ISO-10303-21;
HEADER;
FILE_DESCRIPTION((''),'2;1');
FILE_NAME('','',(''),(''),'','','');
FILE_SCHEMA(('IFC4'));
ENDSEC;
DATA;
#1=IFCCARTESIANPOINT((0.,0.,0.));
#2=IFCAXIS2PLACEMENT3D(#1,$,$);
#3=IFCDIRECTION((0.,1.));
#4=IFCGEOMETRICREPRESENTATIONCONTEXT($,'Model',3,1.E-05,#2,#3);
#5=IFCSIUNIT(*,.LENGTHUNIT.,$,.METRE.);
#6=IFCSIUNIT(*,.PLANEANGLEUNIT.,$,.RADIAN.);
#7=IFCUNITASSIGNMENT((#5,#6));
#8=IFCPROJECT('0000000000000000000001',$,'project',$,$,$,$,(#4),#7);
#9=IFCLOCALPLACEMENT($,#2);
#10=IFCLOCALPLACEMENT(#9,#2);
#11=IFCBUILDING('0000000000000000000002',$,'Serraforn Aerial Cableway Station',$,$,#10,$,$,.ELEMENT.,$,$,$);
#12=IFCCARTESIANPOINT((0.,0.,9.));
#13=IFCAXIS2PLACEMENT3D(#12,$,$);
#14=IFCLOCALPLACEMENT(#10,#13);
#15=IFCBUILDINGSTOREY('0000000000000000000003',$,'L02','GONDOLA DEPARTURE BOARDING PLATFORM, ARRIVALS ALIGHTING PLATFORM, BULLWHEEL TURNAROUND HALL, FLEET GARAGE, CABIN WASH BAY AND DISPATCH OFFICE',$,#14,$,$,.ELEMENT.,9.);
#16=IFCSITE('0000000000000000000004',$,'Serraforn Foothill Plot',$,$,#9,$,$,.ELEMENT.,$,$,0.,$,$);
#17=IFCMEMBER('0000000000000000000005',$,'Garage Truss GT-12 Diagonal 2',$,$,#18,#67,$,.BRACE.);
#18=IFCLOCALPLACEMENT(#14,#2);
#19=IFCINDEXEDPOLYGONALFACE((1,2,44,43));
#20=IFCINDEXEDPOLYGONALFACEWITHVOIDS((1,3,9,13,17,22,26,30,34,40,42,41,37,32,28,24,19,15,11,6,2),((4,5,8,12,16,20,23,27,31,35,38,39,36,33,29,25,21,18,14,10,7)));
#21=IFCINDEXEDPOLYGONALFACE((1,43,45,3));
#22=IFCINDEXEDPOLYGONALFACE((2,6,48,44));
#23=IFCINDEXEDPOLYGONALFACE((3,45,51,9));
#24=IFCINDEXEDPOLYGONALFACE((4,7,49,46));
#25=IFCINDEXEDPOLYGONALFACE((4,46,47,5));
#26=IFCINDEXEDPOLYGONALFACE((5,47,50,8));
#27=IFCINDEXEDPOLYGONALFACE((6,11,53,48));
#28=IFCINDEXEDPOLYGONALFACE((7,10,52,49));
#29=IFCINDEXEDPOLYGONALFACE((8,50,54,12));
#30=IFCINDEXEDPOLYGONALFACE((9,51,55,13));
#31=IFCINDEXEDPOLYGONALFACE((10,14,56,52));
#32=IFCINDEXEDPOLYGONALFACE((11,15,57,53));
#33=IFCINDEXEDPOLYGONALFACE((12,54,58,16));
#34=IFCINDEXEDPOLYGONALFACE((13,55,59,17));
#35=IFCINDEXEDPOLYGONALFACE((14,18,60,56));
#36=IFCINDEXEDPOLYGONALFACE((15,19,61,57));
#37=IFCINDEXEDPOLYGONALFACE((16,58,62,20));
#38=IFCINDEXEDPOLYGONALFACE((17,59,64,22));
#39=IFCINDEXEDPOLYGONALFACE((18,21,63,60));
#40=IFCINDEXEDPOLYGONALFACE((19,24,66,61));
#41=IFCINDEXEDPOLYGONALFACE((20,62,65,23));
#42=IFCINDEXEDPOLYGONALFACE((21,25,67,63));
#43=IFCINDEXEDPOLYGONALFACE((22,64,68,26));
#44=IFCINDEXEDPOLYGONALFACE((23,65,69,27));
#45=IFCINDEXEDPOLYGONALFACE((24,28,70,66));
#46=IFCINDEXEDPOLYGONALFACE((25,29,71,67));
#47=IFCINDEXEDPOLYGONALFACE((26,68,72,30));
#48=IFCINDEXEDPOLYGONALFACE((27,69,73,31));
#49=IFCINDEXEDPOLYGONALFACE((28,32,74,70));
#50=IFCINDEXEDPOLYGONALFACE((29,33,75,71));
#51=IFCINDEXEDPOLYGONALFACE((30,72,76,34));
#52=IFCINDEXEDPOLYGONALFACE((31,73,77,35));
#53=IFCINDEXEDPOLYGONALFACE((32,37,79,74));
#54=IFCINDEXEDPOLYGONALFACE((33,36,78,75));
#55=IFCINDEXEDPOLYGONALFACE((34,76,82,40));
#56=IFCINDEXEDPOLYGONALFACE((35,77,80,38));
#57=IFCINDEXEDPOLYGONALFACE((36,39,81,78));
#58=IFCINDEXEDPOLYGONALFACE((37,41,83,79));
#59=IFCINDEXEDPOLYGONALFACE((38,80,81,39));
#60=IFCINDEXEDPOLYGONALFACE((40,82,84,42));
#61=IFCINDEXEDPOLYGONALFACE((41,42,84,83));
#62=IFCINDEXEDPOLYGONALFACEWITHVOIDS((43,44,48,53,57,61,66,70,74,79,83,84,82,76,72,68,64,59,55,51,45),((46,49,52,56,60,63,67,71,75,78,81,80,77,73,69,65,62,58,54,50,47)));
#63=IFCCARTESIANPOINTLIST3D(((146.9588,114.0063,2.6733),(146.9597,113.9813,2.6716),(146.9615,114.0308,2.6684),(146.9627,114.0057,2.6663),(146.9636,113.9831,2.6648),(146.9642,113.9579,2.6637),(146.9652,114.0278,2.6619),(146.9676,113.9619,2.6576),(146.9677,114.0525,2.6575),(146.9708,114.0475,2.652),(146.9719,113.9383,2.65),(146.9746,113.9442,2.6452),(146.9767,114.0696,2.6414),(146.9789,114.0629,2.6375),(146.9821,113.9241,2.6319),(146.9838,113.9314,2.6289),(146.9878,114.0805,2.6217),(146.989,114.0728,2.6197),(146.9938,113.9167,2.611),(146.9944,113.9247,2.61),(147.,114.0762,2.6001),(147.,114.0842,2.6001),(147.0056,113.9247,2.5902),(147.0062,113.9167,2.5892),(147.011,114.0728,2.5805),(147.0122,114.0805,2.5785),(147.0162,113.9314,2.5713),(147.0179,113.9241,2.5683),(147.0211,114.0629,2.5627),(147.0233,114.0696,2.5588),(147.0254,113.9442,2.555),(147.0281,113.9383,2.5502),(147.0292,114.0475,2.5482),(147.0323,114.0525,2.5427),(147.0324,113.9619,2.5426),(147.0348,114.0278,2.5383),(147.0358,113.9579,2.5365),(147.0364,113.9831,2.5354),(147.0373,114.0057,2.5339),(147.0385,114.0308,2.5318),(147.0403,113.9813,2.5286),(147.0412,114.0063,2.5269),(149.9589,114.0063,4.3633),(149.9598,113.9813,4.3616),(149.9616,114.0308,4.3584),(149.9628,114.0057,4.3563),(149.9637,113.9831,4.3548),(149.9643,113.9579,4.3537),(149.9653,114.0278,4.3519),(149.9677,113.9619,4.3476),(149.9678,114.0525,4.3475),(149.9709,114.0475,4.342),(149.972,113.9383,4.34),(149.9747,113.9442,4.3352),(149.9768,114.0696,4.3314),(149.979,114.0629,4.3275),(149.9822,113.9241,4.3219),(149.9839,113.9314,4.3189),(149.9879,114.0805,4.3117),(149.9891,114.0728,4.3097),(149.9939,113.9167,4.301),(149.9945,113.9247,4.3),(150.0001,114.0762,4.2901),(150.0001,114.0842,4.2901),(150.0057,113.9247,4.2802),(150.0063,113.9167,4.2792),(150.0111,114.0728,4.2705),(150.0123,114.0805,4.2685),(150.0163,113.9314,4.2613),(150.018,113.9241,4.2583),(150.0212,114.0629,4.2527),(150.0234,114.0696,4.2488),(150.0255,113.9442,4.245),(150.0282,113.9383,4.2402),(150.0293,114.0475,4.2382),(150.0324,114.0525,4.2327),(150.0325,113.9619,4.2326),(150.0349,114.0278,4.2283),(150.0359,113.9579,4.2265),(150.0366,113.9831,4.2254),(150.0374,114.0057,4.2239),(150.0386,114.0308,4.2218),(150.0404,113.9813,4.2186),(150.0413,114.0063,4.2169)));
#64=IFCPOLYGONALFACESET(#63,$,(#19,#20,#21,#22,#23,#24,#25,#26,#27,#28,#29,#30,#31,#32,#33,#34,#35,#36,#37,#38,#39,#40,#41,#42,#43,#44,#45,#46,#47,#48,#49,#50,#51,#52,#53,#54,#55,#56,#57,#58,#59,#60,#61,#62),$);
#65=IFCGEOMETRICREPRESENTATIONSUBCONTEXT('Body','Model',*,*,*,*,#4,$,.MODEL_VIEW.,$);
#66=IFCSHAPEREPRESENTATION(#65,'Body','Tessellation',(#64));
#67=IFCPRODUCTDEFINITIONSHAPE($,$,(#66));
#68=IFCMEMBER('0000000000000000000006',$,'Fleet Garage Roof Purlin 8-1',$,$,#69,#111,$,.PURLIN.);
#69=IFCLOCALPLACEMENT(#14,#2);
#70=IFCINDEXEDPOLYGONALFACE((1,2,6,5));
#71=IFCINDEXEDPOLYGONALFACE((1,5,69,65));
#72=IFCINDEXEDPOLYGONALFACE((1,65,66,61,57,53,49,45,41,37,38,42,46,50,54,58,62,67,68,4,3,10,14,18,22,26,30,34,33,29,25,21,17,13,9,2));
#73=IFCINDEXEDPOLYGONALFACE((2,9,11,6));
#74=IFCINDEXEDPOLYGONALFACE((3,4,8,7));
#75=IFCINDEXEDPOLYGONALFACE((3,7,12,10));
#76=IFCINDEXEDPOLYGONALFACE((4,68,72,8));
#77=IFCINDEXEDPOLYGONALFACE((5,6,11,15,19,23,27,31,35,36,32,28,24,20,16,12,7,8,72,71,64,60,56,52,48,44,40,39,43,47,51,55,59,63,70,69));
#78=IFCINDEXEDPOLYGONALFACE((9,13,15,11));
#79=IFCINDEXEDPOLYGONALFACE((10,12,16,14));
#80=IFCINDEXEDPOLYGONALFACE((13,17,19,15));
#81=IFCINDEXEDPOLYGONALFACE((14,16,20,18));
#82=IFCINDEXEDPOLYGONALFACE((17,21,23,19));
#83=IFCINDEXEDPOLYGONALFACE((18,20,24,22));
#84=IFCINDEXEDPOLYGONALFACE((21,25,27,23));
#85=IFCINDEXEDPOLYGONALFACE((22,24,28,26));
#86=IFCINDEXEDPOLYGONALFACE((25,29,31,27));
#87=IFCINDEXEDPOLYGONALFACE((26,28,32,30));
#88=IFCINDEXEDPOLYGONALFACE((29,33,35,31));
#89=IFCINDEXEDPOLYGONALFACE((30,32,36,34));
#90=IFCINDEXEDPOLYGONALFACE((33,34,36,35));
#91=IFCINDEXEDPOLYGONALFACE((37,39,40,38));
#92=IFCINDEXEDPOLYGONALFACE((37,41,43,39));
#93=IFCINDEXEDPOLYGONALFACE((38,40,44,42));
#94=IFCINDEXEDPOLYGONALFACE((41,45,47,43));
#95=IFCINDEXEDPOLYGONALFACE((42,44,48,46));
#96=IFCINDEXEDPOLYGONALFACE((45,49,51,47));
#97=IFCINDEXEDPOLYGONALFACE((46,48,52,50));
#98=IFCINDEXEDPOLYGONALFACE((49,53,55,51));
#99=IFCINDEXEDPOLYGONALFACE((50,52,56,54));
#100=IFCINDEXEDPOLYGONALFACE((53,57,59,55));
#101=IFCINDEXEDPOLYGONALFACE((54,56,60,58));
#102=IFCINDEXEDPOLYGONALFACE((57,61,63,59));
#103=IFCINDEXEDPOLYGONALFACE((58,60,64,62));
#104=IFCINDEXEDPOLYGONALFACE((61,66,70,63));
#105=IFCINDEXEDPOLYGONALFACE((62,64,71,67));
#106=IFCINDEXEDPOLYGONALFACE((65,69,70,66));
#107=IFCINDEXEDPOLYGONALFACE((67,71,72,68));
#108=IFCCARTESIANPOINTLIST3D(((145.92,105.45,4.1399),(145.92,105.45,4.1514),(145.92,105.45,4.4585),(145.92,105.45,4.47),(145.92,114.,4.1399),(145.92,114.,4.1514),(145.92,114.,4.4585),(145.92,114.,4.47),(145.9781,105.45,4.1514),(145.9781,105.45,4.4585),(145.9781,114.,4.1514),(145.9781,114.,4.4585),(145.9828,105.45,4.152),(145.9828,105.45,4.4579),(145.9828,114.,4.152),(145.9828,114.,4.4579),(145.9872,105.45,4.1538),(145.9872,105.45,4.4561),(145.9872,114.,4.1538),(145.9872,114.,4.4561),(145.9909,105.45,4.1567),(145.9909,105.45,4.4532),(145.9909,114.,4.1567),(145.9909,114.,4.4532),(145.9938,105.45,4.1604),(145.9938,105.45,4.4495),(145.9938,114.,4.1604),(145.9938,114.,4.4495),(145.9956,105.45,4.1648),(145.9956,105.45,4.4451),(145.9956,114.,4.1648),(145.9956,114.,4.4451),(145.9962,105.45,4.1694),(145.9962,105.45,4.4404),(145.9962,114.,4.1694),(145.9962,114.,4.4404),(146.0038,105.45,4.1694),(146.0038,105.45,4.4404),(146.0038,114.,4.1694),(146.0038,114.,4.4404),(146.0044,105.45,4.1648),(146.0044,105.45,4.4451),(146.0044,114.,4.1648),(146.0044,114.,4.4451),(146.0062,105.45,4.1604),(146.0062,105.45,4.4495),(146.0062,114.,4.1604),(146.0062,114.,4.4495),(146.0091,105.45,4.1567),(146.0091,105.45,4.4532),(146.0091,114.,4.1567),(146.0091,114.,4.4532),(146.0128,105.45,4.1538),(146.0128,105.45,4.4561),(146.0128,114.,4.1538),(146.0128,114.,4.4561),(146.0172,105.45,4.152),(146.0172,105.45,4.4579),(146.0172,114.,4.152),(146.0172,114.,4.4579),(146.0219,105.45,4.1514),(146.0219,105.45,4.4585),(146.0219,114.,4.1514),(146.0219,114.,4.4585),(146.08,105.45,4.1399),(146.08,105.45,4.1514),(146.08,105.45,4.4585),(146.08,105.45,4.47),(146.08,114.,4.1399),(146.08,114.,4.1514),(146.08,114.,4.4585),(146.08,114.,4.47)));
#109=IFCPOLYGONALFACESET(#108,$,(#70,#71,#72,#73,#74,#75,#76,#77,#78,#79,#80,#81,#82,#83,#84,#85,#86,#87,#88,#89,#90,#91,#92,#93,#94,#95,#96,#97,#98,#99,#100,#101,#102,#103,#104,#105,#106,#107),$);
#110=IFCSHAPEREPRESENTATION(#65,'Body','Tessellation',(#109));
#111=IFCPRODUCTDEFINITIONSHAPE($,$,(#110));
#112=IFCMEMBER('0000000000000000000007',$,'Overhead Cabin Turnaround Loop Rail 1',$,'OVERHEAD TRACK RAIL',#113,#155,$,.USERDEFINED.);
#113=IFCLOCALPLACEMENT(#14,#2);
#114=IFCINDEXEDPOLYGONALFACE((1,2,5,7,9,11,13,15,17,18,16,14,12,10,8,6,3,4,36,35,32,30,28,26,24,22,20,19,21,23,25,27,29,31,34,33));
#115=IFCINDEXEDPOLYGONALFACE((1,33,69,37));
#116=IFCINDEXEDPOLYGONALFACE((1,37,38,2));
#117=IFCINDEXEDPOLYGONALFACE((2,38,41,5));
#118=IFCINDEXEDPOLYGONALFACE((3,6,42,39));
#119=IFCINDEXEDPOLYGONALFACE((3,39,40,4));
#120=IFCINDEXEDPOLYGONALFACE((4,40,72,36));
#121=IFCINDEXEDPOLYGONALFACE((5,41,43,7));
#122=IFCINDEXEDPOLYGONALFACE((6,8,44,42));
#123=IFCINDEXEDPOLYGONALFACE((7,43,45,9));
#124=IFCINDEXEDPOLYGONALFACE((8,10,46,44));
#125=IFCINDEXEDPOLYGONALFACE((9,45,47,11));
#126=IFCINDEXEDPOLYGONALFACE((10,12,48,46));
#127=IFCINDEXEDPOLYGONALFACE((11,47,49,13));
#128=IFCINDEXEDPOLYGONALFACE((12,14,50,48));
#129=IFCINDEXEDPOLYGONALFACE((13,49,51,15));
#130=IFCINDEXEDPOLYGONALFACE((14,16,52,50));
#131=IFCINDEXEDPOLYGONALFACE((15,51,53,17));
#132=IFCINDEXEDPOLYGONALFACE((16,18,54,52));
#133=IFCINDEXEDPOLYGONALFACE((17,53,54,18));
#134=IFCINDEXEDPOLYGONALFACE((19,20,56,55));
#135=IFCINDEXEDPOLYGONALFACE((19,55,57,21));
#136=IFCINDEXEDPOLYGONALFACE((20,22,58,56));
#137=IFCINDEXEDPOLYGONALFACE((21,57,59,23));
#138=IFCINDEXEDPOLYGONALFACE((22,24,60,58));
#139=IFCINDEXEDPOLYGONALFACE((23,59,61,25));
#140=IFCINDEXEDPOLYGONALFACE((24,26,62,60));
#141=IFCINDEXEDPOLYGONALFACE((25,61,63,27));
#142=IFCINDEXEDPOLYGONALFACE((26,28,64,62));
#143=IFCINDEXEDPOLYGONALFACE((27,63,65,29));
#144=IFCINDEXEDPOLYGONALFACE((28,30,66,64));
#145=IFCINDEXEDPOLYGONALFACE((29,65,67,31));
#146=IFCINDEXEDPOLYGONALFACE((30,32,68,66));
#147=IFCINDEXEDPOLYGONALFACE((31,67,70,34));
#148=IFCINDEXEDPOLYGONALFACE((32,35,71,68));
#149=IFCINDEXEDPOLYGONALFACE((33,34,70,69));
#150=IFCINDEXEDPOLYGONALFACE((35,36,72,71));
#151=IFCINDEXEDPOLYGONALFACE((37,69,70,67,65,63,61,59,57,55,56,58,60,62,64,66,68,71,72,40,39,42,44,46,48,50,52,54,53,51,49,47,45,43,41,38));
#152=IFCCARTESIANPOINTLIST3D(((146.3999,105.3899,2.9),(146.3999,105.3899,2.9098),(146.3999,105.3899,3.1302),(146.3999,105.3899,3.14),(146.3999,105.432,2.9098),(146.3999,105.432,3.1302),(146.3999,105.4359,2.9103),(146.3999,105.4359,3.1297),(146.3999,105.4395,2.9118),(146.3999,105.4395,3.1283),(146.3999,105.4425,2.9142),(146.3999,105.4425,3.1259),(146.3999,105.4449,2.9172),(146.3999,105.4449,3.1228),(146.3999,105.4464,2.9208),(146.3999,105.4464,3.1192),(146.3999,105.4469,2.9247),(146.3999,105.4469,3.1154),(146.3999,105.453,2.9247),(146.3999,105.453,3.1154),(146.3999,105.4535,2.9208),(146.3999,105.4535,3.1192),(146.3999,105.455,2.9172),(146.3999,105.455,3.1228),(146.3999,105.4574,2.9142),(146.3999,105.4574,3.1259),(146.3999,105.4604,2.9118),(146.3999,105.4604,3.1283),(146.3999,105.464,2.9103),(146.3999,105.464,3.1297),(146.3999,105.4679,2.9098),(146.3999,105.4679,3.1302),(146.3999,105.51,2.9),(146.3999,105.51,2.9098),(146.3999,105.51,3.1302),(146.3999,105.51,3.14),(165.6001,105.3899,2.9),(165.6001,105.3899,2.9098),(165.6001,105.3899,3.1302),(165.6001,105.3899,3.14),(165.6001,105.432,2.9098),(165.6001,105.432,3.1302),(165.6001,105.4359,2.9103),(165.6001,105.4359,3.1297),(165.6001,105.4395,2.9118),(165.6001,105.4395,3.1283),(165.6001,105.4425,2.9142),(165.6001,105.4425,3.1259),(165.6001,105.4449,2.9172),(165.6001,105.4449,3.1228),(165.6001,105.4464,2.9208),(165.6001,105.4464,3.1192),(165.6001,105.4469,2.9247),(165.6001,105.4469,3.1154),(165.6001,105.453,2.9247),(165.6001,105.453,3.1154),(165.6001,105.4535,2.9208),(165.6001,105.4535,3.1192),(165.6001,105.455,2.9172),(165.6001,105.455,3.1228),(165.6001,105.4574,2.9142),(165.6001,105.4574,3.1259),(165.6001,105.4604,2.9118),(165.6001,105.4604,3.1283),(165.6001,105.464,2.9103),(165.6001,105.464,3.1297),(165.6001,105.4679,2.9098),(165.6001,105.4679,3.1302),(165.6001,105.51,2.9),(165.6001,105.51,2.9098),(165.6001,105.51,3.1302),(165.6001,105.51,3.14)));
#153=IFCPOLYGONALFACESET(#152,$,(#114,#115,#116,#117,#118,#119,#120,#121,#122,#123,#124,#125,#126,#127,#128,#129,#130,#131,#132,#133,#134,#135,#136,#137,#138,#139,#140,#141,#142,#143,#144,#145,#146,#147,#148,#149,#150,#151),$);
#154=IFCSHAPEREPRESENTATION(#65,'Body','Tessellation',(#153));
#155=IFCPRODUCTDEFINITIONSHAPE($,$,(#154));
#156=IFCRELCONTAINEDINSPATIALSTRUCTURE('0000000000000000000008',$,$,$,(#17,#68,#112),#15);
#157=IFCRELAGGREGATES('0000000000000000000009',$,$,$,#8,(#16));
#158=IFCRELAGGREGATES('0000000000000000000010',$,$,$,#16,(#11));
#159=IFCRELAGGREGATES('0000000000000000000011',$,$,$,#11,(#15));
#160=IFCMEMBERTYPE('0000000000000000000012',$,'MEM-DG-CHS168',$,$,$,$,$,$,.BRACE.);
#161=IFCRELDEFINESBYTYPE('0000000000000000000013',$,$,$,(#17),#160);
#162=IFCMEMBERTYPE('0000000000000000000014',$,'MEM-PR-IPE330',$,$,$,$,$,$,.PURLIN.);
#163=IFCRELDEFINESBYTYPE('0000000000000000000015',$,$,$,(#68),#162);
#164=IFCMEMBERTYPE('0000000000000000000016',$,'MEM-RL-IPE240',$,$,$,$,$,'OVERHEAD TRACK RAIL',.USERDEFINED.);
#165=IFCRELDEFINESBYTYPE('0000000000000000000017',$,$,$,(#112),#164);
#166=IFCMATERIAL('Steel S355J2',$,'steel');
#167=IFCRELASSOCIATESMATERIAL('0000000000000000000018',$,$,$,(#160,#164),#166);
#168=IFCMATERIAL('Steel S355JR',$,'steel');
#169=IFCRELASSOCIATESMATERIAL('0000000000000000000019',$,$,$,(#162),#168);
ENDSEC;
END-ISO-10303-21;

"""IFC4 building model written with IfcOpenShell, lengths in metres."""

from ifc_helpers import new_model, si_unit, direction, frame, origin, origin_2d, place, context, subcontext, project, spatial, hollow_circle, i_section, extrude, material, material_profile, profile_set, type_object, element, save


model = new_model("IFC4")

# Units and contexts
model_context = context("Model", 3, precision=1e-05, world=origin(), true_north=direction((0.0, 1.0)))
body_context = subcontext(model_context, "Body", "Model", "MODEL_VIEW")
ifc_project = project(units=[si_unit("LENGTHUNIT", "METRE"), si_unit("PLANEANGLEUNIT", "RADIAN")], contexts=[model_context])

# Site, building, storey
site_placement = place(None, origin())
site = spatial("IfcSite", under=ifc_project, at=site_placement, Name="Serraforn Foothill Plot", CompositionType="ELEMENT", RefElevation=0.0)
building_placement = place(site_placement, origin())
building = spatial("IfcBuilding", under=site, at=building_placement, Name="Serraforn Aerial Cableway Station", CompositionType="ELEMENT")
storey_placement = place(building_placement, frame((0.0, 0.0, 9.0)))
storey = spatial("IfcBuildingStorey", under=building, at=storey_placement, Name="L02", Description="GONDOLA DEPARTURE BOARDING PLATFORM, ARRIVALS ALIGHTING PLATFORM, BULLWHEEL TURNAROUND HALL, FLEET GARAGE, CABIN WASH BAY AND DISPATCH OFFICE", CompositionType="ELEMENT", Elevation=9.0)

# Shared definitions
ifc_material_1 = material(Name="Steel S355J2", Category="steel")

# Members
ifc_material_profile_1 = material_profile(ifc_material_1, hollow_circle(Radius=0.0842, WallThickness=0.0081, at=origin_2d()), Name="CHS 168.3x8.0")
ifc_profile_set_1 = profile_set([ifc_material_profile_1], Name="Steel S355J2")
member_type_1 = type_object("IfcMemberType", Name="MEM-DG-CHS168", PredefinedType="BRACE", material=ifc_profile_set_1)
for number, where, z_axis, x_axis, name in (
    (1, (147.0, 114.0, 2.6001), (0.871272, 0.0, 0.4908), (0.0, 1.0, 0.0), "Garage Truss GT-12 Diagonal 2"),
):
    element("IfcMember", number, at=place(storey_placement, frame(where, z_axis=z_axis, x_axis=x_axis)), inside=storey, type_object=member_type_1, Name=name, PredefinedType="BRACE", context=body_context, shape_type="SweptSolid", body=[
        extrude(hollow_circle(Radius=0.0842, WallThickness=0.0081, at=origin_2d()), origin(), (0.0, 0.0, 1.0), 3.4434),
    ])
ifc_material_2 = material(Name="Steel S355JR", Category="steel")
ifc_material_profile_2 = material_profile(ifc_material_2, i_section(OverallWidth=0.1599, OverallDepth=0.3301, WebThickness=0.0076, FlangeThickness=0.0115, FilletRadius=0.0181, at=origin_2d()), Name="IPE 330")
ifc_profile_set_2 = profile_set([ifc_material_profile_2], Name="Steel S355JR")
member_type_2 = type_object("IfcMemberType", Name="MEM-PR-IPE330", PredefinedType="PURLIN", material=ifc_profile_set_2)
member_1_placement = place(storey_placement, frame((146.0, 105.45, 4.3049), z_axis=(0.0, 1.0, 0.0), x_axis=(-1.0, 0.0, 0.0)))
element("IfcMember", 2, at=member_1_placement, inside=storey, type_object=member_type_2, Name="Fleet Garage Roof Purlin 8-1", PredefinedType="PURLIN", context=body_context, shape_type="SweptSolid", body=[
    extrude(i_section(OverallWidth=0.1599, OverallDepth=0.3301, WebThickness=0.0076, FlangeThickness=0.0115, FilletRadius=0.0181, at=origin_2d()), origin(), (0.0, 0.0, 1.0), 8.55),
])
ifc_material_profile_3 = material_profile(ifc_material_1, i_section(OverallWidth=0.1201, OverallDepth=0.24, WebThickness=0.0061, FlangeThickness=0.0098, FilletRadius=0.0149, at=origin_2d()), Name="IPE 240")
ifc_profile_set_3 = profile_set([ifc_material_profile_3], Name="Steel S355J2")
member_type_3 = type_object("IfcMemberType", Name="MEM-RL-IPE240", ElementType="OVERHEAD TRACK RAIL", PredefinedType="USERDEFINED", material=ifc_profile_set_3)
member_2_placement = place(storey_placement, frame((146.3999, 105.45, 3.02), z_axis=(1.0, 0.0, 0.0), x_axis=(0.0, 1.0, 0.0)))
element("IfcMember", 3, at=member_2_placement, inside=storey, type_object=member_type_3, Name="Overhead Cabin Turnaround Loop Rail 1", ObjectType="OVERHEAD TRACK RAIL", PredefinedType="USERDEFINED", context=body_context, shape_type="SweptSolid", body=[
    extrude(i_section(OverallWidth=0.1201, OverallDepth=0.24, WebThickness=0.0061, FlangeThickness=0.0098, FilletRadius=0.0149, at=origin_2d()), origin(), (0.0, 0.0, 1.0), 19.2002),
])

save(model, "model.ifc")
